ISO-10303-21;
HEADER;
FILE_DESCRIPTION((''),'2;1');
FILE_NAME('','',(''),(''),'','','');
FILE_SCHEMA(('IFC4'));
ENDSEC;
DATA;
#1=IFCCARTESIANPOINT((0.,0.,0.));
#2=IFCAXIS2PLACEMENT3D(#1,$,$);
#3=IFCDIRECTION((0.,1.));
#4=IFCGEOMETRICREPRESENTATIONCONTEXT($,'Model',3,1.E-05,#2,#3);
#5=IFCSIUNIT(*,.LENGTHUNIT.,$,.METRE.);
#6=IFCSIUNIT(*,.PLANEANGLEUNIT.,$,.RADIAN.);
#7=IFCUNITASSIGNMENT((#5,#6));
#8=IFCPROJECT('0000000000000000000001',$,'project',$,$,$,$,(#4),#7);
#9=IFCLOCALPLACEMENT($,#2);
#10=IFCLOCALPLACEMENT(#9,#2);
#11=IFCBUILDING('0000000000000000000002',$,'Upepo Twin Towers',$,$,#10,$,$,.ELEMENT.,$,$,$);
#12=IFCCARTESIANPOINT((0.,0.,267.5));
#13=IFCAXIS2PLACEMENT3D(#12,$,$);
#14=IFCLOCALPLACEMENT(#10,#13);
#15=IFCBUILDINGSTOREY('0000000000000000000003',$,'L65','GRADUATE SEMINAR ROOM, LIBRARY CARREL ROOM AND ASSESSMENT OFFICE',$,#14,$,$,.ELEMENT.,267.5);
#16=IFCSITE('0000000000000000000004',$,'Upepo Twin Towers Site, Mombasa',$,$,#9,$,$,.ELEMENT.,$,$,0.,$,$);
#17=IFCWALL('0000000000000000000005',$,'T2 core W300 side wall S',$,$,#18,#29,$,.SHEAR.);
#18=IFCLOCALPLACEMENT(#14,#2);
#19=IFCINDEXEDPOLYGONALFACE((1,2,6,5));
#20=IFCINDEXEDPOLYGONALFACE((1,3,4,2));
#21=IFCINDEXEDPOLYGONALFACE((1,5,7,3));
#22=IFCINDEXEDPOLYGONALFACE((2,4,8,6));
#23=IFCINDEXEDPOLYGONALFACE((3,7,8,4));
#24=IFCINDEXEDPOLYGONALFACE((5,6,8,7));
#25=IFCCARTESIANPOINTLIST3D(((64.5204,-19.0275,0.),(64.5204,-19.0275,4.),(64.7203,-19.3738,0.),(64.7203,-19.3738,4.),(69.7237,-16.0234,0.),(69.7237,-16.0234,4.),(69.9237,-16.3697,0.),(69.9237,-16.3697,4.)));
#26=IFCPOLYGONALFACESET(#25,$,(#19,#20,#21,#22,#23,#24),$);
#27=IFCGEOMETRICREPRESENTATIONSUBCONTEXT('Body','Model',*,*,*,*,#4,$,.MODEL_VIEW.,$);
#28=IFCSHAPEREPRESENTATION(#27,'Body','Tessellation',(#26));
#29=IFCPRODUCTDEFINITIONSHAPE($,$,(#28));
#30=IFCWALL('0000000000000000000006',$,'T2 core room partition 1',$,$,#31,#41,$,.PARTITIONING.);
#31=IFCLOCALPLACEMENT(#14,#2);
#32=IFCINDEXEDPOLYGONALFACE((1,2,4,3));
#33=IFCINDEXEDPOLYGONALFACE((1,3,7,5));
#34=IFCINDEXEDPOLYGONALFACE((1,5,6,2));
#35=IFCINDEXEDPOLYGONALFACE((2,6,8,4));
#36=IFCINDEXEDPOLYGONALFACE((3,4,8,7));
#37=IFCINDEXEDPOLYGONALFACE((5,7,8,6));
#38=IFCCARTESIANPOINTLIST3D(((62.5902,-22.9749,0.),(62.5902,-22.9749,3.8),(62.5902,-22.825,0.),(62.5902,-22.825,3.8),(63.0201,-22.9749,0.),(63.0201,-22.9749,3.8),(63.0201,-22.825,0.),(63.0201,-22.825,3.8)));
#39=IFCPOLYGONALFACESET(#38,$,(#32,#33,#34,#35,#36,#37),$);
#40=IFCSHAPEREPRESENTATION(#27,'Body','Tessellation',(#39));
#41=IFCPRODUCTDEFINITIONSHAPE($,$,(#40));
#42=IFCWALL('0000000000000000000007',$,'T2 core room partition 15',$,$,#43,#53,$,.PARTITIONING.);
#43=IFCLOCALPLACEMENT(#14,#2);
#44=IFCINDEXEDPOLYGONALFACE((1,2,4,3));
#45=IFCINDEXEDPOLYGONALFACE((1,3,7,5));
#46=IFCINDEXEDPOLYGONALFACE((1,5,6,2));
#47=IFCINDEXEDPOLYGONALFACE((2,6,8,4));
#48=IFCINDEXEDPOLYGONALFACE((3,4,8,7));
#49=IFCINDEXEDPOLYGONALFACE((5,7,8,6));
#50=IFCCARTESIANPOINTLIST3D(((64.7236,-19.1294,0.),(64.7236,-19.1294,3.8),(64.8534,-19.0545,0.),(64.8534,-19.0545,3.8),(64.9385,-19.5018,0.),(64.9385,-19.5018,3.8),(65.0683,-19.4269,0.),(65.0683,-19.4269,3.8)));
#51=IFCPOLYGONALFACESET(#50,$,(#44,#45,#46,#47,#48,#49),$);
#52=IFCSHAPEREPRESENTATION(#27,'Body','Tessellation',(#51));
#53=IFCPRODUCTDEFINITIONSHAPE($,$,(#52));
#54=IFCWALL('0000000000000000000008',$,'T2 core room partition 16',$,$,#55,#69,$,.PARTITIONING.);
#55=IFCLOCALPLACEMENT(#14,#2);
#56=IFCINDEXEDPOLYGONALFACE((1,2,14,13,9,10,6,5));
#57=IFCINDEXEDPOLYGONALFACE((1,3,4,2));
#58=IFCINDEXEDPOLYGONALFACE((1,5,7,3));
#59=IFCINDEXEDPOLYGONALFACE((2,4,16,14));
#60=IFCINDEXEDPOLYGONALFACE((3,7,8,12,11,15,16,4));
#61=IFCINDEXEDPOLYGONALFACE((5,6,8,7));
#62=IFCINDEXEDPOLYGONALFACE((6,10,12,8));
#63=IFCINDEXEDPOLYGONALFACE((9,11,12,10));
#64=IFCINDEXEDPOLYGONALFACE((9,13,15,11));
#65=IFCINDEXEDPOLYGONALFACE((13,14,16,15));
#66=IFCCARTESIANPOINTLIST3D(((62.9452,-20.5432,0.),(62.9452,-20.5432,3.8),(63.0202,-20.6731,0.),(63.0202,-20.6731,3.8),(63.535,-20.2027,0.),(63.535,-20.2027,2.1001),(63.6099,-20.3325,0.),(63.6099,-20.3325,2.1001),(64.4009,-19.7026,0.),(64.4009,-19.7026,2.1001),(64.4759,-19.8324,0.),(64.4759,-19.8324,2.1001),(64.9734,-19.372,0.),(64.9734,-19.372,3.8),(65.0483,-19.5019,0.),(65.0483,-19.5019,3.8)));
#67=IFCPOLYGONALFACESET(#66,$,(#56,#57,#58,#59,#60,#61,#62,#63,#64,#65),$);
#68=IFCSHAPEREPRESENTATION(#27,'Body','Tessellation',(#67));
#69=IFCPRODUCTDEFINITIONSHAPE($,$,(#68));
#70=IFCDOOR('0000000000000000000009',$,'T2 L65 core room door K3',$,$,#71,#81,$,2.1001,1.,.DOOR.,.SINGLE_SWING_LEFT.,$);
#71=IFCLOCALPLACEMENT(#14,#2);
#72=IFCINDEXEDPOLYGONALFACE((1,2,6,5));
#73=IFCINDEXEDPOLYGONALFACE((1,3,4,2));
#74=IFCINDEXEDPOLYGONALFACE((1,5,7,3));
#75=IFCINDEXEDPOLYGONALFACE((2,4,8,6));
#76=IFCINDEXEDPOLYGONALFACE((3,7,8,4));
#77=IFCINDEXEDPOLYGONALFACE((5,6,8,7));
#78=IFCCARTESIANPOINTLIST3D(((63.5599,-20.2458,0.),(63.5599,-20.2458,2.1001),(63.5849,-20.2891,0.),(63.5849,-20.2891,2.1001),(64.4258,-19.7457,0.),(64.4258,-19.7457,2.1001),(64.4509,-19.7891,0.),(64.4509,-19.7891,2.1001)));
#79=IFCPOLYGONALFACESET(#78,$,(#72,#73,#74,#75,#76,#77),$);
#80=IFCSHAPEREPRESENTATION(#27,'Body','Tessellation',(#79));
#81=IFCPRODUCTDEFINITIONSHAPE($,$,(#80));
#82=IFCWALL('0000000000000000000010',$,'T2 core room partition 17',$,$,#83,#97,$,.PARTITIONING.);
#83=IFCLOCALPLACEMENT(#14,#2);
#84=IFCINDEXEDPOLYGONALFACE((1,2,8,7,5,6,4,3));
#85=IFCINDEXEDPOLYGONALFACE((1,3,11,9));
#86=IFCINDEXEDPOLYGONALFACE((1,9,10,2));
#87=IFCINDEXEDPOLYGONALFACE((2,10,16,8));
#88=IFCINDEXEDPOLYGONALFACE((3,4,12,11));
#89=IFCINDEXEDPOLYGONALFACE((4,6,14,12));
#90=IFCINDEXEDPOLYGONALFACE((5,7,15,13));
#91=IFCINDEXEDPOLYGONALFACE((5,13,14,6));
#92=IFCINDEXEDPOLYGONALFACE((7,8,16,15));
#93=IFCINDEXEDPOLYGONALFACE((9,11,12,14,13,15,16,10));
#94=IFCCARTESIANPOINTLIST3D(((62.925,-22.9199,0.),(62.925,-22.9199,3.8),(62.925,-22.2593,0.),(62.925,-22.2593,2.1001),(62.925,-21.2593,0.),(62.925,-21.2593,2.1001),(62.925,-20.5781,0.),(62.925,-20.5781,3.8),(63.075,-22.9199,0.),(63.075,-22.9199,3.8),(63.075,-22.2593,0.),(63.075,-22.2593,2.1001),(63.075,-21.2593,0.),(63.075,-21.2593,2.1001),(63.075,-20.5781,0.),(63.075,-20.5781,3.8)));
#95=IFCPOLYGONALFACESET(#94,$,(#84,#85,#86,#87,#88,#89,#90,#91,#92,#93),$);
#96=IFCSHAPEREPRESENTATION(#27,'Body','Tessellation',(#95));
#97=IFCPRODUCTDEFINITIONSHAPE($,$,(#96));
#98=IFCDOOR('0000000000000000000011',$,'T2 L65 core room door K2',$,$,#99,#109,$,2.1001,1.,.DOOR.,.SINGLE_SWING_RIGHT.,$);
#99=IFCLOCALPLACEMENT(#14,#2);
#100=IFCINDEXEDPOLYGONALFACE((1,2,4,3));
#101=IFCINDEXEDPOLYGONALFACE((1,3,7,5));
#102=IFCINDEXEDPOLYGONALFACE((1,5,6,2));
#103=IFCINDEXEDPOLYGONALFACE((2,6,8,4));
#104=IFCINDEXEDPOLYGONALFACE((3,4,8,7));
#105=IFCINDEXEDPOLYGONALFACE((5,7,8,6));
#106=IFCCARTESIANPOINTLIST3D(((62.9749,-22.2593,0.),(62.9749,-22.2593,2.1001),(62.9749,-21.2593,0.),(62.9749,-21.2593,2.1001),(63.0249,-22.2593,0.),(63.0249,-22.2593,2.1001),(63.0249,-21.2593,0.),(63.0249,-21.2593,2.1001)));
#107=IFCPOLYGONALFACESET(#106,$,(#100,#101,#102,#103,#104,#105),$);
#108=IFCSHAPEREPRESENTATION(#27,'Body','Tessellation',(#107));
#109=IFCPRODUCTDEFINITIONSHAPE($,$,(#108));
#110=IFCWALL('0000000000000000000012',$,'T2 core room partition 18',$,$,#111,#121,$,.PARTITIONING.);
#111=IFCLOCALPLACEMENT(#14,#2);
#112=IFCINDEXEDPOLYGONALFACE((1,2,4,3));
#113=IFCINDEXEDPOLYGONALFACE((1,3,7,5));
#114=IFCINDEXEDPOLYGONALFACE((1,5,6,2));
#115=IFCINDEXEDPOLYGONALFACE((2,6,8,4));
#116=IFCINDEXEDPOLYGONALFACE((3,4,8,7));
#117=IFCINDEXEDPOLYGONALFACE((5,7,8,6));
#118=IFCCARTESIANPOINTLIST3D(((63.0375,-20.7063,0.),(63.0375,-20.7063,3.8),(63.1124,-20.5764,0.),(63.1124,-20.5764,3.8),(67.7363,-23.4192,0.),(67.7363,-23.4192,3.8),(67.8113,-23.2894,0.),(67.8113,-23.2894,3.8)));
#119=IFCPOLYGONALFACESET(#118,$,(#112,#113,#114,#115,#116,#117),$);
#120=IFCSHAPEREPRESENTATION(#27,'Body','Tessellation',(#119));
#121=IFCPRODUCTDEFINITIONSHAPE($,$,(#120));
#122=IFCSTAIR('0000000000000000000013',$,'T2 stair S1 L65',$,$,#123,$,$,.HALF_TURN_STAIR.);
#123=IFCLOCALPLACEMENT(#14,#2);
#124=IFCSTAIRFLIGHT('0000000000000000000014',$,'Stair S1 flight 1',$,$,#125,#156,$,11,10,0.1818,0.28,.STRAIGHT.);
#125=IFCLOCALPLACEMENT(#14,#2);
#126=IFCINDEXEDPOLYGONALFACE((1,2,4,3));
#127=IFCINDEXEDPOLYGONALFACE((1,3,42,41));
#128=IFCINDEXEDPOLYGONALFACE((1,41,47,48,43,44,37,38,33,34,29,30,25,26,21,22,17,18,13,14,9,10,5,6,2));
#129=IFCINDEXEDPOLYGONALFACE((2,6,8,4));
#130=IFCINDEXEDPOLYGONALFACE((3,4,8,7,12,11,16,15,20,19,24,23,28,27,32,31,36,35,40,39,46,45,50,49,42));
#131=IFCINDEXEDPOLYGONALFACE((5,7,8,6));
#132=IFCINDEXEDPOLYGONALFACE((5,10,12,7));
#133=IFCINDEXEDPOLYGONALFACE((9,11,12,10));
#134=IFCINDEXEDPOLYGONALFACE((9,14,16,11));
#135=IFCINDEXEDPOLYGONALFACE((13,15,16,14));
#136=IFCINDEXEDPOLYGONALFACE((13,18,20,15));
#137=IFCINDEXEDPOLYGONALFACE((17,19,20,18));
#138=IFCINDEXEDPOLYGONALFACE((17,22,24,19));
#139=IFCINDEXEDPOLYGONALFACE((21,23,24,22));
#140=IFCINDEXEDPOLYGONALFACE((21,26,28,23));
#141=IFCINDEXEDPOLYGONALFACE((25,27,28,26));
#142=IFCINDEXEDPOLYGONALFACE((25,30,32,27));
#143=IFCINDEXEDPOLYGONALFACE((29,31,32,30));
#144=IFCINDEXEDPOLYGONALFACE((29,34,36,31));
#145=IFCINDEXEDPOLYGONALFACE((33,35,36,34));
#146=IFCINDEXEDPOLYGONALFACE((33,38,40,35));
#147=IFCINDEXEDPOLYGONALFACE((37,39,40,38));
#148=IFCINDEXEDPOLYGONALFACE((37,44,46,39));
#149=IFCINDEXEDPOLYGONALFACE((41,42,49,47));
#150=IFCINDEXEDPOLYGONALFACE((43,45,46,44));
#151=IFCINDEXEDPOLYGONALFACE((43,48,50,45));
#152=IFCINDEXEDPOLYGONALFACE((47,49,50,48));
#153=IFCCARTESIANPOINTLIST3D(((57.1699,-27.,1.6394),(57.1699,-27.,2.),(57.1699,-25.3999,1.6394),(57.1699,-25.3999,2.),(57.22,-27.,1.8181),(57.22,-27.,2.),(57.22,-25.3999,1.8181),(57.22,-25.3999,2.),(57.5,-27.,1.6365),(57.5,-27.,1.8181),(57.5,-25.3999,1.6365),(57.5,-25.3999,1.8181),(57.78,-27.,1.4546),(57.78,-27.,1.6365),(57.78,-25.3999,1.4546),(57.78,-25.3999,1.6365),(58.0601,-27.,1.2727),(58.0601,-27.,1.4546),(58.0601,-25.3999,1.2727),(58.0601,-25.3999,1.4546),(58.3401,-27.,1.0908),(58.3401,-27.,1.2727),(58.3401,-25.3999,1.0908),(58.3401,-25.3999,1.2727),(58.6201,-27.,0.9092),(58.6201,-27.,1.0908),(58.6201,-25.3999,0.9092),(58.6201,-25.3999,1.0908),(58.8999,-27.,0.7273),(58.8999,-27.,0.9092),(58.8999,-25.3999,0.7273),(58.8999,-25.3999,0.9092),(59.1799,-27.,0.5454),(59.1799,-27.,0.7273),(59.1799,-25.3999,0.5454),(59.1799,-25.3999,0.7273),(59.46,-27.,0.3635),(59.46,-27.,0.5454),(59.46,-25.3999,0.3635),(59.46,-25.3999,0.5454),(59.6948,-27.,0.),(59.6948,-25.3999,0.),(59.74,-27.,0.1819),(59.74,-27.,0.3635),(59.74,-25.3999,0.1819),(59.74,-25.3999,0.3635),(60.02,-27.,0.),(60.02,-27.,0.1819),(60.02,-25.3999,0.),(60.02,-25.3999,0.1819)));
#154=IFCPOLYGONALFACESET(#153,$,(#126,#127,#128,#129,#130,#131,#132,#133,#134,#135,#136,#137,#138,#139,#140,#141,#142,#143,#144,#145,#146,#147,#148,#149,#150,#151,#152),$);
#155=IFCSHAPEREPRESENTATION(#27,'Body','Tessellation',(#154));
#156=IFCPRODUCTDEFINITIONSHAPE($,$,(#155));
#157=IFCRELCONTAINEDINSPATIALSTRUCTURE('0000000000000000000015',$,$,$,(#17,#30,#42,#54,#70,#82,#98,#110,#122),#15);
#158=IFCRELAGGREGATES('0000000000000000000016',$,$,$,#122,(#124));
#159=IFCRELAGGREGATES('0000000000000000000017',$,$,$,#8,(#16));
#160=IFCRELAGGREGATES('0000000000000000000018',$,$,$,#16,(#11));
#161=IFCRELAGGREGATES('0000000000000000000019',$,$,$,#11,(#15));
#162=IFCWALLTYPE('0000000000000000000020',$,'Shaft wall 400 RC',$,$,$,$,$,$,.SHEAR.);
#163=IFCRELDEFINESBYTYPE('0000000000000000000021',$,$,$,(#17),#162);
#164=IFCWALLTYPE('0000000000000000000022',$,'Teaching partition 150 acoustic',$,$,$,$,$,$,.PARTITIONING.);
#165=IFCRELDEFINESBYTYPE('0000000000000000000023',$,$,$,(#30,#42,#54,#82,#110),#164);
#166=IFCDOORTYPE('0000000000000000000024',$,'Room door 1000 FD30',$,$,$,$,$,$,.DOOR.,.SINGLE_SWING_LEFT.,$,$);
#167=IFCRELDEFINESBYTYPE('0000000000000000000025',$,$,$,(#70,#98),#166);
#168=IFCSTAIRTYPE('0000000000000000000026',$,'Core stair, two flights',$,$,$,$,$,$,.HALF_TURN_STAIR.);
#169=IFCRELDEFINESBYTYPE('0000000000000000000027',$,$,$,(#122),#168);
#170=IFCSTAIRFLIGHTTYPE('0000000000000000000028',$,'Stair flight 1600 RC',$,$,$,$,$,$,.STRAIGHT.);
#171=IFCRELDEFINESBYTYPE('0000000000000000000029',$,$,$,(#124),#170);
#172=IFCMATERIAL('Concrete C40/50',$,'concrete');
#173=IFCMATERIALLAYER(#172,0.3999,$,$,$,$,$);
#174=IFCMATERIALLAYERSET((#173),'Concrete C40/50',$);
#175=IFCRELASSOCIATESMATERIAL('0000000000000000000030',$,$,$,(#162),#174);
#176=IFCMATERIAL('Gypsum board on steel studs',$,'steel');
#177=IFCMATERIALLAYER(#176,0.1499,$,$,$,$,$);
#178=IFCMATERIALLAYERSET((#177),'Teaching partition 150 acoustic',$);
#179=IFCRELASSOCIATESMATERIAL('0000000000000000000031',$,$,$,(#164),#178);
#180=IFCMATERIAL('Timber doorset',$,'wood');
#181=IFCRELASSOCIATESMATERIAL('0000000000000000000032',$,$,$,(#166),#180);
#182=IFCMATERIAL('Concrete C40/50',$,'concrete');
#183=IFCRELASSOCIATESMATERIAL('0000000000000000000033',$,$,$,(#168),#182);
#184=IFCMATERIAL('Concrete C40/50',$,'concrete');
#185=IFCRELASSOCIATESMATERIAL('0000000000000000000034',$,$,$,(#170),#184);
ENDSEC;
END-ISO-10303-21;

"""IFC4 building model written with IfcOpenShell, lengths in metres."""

from ifc_helpers import new_model, si_unit, direction, frame, frame_2d, origin, place, context, subcontext, project, spatial, polyline, rectangle, outline, extrude, material, layer, layer_set, type_object, element, fill, aggregate, save


model = new_model("IFC4")

# Units and contexts
model_context = context("Model", 3, precision=1e-05, world=origin(), true_north=direction((0.0, 1.0)))
body_context = subcontext(model_context, "Body", "Model", "MODEL_VIEW")
ifc_project = project(units=[si_unit("LENGTHUNIT", "METRE"), si_unit("PLANEANGLEUNIT", "RADIAN")], contexts=[model_context])

# Site, building, storey
site_placement = place(None, origin())
site = spatial("IfcSite", under=ifc_project, at=site_placement, Name="Upepo Twin Towers Site, Mombasa", CompositionType="ELEMENT", RefElevation=0.0)
building_placement = place(site_placement, origin())
building = spatial("IfcBuilding", under=site, at=building_placement, Name="Upepo Twin Towers", CompositionType="ELEMENT")
storey_placement = place(building_placement, frame((0.0, 0.0, 267.5)))
storey = spatial("IfcBuildingStorey", under=building, at=storey_placement, Name="L65", Description="GRADUATE SEMINAR ROOM, LIBRARY CARREL ROOM AND ASSESSMENT OFFICE", CompositionType="ELEMENT", Elevation=267.5)

# Walls
ifc_material_1 = material(Name="Concrete C40/50", Category="concrete")
ifc_layer_1 = layer(ifc_material_1, 0.3999)
ifc_layer_set_1 = layer_set([ifc_layer_1], Name="Concrete C40/50")
wall_type_1 = type_object("IfcWallType", Name="Shaft wall 400 RC", PredefinedType="SHEAR", material=ifc_layer_set_1)
for number, where, z_axis, x_axis, name in (
    (1, (64.6204, -19.2007, 0.0), (0.0, 0.0, 1.0), (0.866027, 0.499998, 0.0), "T2 core W300 side wall S"),
):
    element("IfcWall", number, at=place(storey_placement, frame(where, z_axis=z_axis, x_axis=x_axis)), inside=storey, type_object=wall_type_1, Name=name, PredefinedType="SHEAR", context=body_context, shape_type="SweptSolid", body=[
        extrude(rectangle(XDim=6.0083, YDim=0.3999, at=frame_2d((3.0042, 0.0))), origin(), (0.0, 0.0, 1.0), 4.0),
    ])
ifc_material_2 = material(Name="Gypsum board on steel studs", Category="steel")
ifc_layer_2 = layer(ifc_material_2, 0.1499)
ifc_layer_set_2 = layer_set([ifc_layer_2], Name="Teaching partition 150 acoustic")
wall_type_2 = type_object("IfcWallType", Name="Teaching partition 150 acoustic", PredefinedType="PARTITIONING", material=ifc_layer_set_2)
for number, where, z_axis, x_axis, name in (
    (2, (63.02, -22.8999, 0.0), (0.0, 0.0, 1.0), (-1.0, 0.0, 0.0), "T2 core room partition 1"),
    (3, (64.7886, -19.092, 0.0), (0.0, 0.0, 1.0), (0.499804, -0.866138, 0.0), "T2 core room partition 15"),
):
    element("IfcWall", number, at=place(storey_placement, frame(where, z_axis=z_axis, x_axis=x_axis)), inside=storey, type_object=wall_type_2, Name=name, PredefinedType="PARTITIONING", context=body_context, shape_type="SweptSolid", body=[
        extrude(rectangle(XDim=0.4299, YDim=0.1499, at=frame_2d((0.2148, 0.0))), origin(), (0.0, 0.0, 1.0), 3.8),
    ])

# Walls, openings, doors
wall_1_placement = place(storey_placement, frame((65.0107, -19.437, 0.0), z_axis=(0.0, 0.0, 1.0), x_axis=(-0.865982, -0.500074, 0.0)))
wall_1 = element("IfcWall", 4, at=wall_1_placement, inside=storey, type_object=wall_type_2, Name="T2 core room partition 16", PredefinedType="PARTITIONING", context=body_context, shape_type="SweptSolid", body=[
    extrude(rectangle(XDim=2.342, YDim=0.1499, at=frame_2d((1.1709, 0.0))), origin(), (0.0, 0.0, 1.0), 3.8),
])
opening_1_placement = place(wall_1_placement, frame((0.6609, 0.0, 0.0)))
opening_1 = element("IfcOpeningElement", 5, at=opening_1_placement, cuts=wall_1, PredefinedType="OPENING", context=body_context, shape_type="SweptSolid", body=[
    extrude(rectangle(XDim=1.0, YDim=2.1001, at=frame_2d((0.5, 1.05))), frame((0.0, 0.085, 0.0), z_axis=(0.0, -1.0, 0.0), x_axis=(1.0, 0.0, 0.0)), (0.0, 0.0, 1.0), 0.1699),
])
ifc_material_3 = material(Name="Timber doorset", Category="wood")
door_type_1 = type_object("IfcDoorType", Name="Room door 1000 FD30", OperationType="SINGLE_SWING_LEFT", PredefinedType="DOOR", material=ifc_material_3)
door_1_placement = place(opening_1_placement, origin())
door_1 = element("IfcDoor", 6, at=door_1_placement, inside=storey, type_object=door_type_1, Name="T2 L65 core room door K3", OperationType="SINGLE_SWING_LEFT", OverallHeight=2.1001, OverallWidth=1.0, PredefinedType="DOOR", context=body_context, shape_type="SweptSolid", body=[
    extrude(rectangle(XDim=1.0, YDim=2.1001, at=frame_2d((0.5, 1.05))), frame((0.0, 0.0249, 0.0), z_axis=(0.0, -1.0, 0.0), x_axis=(1.0, 0.0, 0.0)), (0.0, 0.0, 1.0), 0.05),
])
fill(opening_1, door_1)
wall_2_placement = place(storey_placement, frame((63.0, -20.5781, 0.0), z_axis=(0.0, 0.0, 1.0), x_axis=(0.0, -1.0, 0.0)))
wall_2 = element("IfcWall", 7, at=wall_2_placement, inside=storey, type_object=wall_type_2, Name="T2 core room partition 17", PredefinedType="PARTITIONING", context=body_context, shape_type="SweptSolid", body=[
    extrude(rectangle(XDim=2.3418, YDim=0.1499, at=frame_2d((1.1709, 0.0))), origin(), (0.0, 0.0, 1.0), 3.8),
])
opening_2_placement = place(wall_2_placement, frame((0.6812, 0.0, 0.0)))
opening_2 = element("IfcOpeningElement", 8, at=opening_2_placement, cuts=wall_2, PredefinedType="OPENING", context=body_context, shape_type="SweptSolid", body=[
    extrude(rectangle(XDim=1.0, YDim=2.1001, at=frame_2d((0.5, 1.05))), frame((0.0, 0.085, 0.0), z_axis=(0.0, -1.0, 0.0), x_axis=(1.0, 0.0, 0.0)), (0.0, 0.0, 1.0), 0.1699),
])
door_2_placement = place(opening_2_placement, origin())
door_2 = element("IfcDoor", 9, at=door_2_placement, inside=storey, type_object=door_type_1, Name="T2 L65 core room door K2", OperationType="SINGLE_SWING_RIGHT", OverallHeight=2.1001, OverallWidth=1.0, PredefinedType="DOOR", context=body_context, shape_type="SweptSolid", body=[
    extrude(rectangle(XDim=1.0, YDim=2.1001, at=frame_2d((0.5, 1.05))), frame((0.0, 0.0249, 0.0), z_axis=(0.0, -1.0, 0.0), x_axis=(1.0, 0.0, 0.0)), (0.0, 0.0, 1.0), 0.05),
])
fill(opening_2, door_2)

# Wall
wall_3_placement = place(storey_placement, frame((63.075, -20.6414, 0.0), z_axis=(0.0, 0.0, 1.0), x_axis=(0.866019, -0.500011, 0.0)))
element("IfcWall", 10, at=wall_3_placement, inside=storey, type_object=wall_type_2, Name="T2 core room partition 18", PredefinedType="PARTITIONING", context=body_context, shape_type="SweptSolid", body=[
    extrude(rectangle(XDim=5.4258, YDim=0.1499, at=frame_2d((2.7129, 0.0))), origin(), (0.0, 0.0, 1.0), 3.8),
])

# Stair, stair flight
ifc_material_4 = material(Name="Concrete C40/50", Category="concrete")
stair_type = type_object("IfcStairType", Name="Core stair, two flights", PredefinedType="HALF_TURN_STAIR", material=ifc_material_4)
stair_placement = place(storey_placement, origin())
stair = element("IfcStair", 11, at=stair_placement, inside=storey, type_object=stair_type, Name="T2 stair S1 L65", PredefinedType="HALF_TURN_STAIR")
ifc_material_5 = material(Name="Concrete C40/50", Category="concrete")
stair_flight_type = type_object("IfcStairFlightType", Name="Stair flight 1600 RC", PredefinedType="STRAIGHT", material=ifc_material_5)
stair_flight_1_placement = place(storey_placement, frame((60.02, -26.2, 0.0), z_axis=(0.0, 0.0, 1.0), x_axis=(-1.0, 0.0, 0.0)))
stair_flight_1 = element("IfcStairFlight", 12, at=stair_flight_1_placement, type_object=stair_flight_type, Name="Stair S1 flight 1", NumberOfRisers=11, NumberOfTreads=10, PredefinedType="STRAIGHT", RiserHeight=0.1818, TreadLength=0.28, context=body_context, shape_type="SweptSolid", body=[
    extrude(outline(polyline([(0.0, 0.0), (0.0, 0.1819), (0.28, 0.1819), (0.28, 0.3635), (0.5601, 0.3635), (0.5601, 0.5454), (0.8401, 0.5454), (0.8401, 0.7273), (1.1201, 0.7273), (1.1201, 0.9092), (1.3999, 0.9092), (1.3999, 1.0908), (1.6799, 1.0908), (1.6799, 1.2727), (1.96, 1.2727), (1.96, 1.4546), (2.24, 1.4546), (2.24, 1.6365), (2.52, 1.6365), (2.52, 1.8181), (2.8, 1.8181), (2.8, 2.0), (2.8501, 2.0), (2.8501, 1.6394), (0.3252, 0.0), (0.0, 0.0)])), frame((0.0, 0.8, 0.0), z_axis=(0.0, -1.0, 0.0), x_axis=(1.0, 0.0, 0.0)), (0.0, 0.0, 1.0), 1.6001),
])
aggregate(stair, [stair_flight_1])

save(model, "model.ifc")
